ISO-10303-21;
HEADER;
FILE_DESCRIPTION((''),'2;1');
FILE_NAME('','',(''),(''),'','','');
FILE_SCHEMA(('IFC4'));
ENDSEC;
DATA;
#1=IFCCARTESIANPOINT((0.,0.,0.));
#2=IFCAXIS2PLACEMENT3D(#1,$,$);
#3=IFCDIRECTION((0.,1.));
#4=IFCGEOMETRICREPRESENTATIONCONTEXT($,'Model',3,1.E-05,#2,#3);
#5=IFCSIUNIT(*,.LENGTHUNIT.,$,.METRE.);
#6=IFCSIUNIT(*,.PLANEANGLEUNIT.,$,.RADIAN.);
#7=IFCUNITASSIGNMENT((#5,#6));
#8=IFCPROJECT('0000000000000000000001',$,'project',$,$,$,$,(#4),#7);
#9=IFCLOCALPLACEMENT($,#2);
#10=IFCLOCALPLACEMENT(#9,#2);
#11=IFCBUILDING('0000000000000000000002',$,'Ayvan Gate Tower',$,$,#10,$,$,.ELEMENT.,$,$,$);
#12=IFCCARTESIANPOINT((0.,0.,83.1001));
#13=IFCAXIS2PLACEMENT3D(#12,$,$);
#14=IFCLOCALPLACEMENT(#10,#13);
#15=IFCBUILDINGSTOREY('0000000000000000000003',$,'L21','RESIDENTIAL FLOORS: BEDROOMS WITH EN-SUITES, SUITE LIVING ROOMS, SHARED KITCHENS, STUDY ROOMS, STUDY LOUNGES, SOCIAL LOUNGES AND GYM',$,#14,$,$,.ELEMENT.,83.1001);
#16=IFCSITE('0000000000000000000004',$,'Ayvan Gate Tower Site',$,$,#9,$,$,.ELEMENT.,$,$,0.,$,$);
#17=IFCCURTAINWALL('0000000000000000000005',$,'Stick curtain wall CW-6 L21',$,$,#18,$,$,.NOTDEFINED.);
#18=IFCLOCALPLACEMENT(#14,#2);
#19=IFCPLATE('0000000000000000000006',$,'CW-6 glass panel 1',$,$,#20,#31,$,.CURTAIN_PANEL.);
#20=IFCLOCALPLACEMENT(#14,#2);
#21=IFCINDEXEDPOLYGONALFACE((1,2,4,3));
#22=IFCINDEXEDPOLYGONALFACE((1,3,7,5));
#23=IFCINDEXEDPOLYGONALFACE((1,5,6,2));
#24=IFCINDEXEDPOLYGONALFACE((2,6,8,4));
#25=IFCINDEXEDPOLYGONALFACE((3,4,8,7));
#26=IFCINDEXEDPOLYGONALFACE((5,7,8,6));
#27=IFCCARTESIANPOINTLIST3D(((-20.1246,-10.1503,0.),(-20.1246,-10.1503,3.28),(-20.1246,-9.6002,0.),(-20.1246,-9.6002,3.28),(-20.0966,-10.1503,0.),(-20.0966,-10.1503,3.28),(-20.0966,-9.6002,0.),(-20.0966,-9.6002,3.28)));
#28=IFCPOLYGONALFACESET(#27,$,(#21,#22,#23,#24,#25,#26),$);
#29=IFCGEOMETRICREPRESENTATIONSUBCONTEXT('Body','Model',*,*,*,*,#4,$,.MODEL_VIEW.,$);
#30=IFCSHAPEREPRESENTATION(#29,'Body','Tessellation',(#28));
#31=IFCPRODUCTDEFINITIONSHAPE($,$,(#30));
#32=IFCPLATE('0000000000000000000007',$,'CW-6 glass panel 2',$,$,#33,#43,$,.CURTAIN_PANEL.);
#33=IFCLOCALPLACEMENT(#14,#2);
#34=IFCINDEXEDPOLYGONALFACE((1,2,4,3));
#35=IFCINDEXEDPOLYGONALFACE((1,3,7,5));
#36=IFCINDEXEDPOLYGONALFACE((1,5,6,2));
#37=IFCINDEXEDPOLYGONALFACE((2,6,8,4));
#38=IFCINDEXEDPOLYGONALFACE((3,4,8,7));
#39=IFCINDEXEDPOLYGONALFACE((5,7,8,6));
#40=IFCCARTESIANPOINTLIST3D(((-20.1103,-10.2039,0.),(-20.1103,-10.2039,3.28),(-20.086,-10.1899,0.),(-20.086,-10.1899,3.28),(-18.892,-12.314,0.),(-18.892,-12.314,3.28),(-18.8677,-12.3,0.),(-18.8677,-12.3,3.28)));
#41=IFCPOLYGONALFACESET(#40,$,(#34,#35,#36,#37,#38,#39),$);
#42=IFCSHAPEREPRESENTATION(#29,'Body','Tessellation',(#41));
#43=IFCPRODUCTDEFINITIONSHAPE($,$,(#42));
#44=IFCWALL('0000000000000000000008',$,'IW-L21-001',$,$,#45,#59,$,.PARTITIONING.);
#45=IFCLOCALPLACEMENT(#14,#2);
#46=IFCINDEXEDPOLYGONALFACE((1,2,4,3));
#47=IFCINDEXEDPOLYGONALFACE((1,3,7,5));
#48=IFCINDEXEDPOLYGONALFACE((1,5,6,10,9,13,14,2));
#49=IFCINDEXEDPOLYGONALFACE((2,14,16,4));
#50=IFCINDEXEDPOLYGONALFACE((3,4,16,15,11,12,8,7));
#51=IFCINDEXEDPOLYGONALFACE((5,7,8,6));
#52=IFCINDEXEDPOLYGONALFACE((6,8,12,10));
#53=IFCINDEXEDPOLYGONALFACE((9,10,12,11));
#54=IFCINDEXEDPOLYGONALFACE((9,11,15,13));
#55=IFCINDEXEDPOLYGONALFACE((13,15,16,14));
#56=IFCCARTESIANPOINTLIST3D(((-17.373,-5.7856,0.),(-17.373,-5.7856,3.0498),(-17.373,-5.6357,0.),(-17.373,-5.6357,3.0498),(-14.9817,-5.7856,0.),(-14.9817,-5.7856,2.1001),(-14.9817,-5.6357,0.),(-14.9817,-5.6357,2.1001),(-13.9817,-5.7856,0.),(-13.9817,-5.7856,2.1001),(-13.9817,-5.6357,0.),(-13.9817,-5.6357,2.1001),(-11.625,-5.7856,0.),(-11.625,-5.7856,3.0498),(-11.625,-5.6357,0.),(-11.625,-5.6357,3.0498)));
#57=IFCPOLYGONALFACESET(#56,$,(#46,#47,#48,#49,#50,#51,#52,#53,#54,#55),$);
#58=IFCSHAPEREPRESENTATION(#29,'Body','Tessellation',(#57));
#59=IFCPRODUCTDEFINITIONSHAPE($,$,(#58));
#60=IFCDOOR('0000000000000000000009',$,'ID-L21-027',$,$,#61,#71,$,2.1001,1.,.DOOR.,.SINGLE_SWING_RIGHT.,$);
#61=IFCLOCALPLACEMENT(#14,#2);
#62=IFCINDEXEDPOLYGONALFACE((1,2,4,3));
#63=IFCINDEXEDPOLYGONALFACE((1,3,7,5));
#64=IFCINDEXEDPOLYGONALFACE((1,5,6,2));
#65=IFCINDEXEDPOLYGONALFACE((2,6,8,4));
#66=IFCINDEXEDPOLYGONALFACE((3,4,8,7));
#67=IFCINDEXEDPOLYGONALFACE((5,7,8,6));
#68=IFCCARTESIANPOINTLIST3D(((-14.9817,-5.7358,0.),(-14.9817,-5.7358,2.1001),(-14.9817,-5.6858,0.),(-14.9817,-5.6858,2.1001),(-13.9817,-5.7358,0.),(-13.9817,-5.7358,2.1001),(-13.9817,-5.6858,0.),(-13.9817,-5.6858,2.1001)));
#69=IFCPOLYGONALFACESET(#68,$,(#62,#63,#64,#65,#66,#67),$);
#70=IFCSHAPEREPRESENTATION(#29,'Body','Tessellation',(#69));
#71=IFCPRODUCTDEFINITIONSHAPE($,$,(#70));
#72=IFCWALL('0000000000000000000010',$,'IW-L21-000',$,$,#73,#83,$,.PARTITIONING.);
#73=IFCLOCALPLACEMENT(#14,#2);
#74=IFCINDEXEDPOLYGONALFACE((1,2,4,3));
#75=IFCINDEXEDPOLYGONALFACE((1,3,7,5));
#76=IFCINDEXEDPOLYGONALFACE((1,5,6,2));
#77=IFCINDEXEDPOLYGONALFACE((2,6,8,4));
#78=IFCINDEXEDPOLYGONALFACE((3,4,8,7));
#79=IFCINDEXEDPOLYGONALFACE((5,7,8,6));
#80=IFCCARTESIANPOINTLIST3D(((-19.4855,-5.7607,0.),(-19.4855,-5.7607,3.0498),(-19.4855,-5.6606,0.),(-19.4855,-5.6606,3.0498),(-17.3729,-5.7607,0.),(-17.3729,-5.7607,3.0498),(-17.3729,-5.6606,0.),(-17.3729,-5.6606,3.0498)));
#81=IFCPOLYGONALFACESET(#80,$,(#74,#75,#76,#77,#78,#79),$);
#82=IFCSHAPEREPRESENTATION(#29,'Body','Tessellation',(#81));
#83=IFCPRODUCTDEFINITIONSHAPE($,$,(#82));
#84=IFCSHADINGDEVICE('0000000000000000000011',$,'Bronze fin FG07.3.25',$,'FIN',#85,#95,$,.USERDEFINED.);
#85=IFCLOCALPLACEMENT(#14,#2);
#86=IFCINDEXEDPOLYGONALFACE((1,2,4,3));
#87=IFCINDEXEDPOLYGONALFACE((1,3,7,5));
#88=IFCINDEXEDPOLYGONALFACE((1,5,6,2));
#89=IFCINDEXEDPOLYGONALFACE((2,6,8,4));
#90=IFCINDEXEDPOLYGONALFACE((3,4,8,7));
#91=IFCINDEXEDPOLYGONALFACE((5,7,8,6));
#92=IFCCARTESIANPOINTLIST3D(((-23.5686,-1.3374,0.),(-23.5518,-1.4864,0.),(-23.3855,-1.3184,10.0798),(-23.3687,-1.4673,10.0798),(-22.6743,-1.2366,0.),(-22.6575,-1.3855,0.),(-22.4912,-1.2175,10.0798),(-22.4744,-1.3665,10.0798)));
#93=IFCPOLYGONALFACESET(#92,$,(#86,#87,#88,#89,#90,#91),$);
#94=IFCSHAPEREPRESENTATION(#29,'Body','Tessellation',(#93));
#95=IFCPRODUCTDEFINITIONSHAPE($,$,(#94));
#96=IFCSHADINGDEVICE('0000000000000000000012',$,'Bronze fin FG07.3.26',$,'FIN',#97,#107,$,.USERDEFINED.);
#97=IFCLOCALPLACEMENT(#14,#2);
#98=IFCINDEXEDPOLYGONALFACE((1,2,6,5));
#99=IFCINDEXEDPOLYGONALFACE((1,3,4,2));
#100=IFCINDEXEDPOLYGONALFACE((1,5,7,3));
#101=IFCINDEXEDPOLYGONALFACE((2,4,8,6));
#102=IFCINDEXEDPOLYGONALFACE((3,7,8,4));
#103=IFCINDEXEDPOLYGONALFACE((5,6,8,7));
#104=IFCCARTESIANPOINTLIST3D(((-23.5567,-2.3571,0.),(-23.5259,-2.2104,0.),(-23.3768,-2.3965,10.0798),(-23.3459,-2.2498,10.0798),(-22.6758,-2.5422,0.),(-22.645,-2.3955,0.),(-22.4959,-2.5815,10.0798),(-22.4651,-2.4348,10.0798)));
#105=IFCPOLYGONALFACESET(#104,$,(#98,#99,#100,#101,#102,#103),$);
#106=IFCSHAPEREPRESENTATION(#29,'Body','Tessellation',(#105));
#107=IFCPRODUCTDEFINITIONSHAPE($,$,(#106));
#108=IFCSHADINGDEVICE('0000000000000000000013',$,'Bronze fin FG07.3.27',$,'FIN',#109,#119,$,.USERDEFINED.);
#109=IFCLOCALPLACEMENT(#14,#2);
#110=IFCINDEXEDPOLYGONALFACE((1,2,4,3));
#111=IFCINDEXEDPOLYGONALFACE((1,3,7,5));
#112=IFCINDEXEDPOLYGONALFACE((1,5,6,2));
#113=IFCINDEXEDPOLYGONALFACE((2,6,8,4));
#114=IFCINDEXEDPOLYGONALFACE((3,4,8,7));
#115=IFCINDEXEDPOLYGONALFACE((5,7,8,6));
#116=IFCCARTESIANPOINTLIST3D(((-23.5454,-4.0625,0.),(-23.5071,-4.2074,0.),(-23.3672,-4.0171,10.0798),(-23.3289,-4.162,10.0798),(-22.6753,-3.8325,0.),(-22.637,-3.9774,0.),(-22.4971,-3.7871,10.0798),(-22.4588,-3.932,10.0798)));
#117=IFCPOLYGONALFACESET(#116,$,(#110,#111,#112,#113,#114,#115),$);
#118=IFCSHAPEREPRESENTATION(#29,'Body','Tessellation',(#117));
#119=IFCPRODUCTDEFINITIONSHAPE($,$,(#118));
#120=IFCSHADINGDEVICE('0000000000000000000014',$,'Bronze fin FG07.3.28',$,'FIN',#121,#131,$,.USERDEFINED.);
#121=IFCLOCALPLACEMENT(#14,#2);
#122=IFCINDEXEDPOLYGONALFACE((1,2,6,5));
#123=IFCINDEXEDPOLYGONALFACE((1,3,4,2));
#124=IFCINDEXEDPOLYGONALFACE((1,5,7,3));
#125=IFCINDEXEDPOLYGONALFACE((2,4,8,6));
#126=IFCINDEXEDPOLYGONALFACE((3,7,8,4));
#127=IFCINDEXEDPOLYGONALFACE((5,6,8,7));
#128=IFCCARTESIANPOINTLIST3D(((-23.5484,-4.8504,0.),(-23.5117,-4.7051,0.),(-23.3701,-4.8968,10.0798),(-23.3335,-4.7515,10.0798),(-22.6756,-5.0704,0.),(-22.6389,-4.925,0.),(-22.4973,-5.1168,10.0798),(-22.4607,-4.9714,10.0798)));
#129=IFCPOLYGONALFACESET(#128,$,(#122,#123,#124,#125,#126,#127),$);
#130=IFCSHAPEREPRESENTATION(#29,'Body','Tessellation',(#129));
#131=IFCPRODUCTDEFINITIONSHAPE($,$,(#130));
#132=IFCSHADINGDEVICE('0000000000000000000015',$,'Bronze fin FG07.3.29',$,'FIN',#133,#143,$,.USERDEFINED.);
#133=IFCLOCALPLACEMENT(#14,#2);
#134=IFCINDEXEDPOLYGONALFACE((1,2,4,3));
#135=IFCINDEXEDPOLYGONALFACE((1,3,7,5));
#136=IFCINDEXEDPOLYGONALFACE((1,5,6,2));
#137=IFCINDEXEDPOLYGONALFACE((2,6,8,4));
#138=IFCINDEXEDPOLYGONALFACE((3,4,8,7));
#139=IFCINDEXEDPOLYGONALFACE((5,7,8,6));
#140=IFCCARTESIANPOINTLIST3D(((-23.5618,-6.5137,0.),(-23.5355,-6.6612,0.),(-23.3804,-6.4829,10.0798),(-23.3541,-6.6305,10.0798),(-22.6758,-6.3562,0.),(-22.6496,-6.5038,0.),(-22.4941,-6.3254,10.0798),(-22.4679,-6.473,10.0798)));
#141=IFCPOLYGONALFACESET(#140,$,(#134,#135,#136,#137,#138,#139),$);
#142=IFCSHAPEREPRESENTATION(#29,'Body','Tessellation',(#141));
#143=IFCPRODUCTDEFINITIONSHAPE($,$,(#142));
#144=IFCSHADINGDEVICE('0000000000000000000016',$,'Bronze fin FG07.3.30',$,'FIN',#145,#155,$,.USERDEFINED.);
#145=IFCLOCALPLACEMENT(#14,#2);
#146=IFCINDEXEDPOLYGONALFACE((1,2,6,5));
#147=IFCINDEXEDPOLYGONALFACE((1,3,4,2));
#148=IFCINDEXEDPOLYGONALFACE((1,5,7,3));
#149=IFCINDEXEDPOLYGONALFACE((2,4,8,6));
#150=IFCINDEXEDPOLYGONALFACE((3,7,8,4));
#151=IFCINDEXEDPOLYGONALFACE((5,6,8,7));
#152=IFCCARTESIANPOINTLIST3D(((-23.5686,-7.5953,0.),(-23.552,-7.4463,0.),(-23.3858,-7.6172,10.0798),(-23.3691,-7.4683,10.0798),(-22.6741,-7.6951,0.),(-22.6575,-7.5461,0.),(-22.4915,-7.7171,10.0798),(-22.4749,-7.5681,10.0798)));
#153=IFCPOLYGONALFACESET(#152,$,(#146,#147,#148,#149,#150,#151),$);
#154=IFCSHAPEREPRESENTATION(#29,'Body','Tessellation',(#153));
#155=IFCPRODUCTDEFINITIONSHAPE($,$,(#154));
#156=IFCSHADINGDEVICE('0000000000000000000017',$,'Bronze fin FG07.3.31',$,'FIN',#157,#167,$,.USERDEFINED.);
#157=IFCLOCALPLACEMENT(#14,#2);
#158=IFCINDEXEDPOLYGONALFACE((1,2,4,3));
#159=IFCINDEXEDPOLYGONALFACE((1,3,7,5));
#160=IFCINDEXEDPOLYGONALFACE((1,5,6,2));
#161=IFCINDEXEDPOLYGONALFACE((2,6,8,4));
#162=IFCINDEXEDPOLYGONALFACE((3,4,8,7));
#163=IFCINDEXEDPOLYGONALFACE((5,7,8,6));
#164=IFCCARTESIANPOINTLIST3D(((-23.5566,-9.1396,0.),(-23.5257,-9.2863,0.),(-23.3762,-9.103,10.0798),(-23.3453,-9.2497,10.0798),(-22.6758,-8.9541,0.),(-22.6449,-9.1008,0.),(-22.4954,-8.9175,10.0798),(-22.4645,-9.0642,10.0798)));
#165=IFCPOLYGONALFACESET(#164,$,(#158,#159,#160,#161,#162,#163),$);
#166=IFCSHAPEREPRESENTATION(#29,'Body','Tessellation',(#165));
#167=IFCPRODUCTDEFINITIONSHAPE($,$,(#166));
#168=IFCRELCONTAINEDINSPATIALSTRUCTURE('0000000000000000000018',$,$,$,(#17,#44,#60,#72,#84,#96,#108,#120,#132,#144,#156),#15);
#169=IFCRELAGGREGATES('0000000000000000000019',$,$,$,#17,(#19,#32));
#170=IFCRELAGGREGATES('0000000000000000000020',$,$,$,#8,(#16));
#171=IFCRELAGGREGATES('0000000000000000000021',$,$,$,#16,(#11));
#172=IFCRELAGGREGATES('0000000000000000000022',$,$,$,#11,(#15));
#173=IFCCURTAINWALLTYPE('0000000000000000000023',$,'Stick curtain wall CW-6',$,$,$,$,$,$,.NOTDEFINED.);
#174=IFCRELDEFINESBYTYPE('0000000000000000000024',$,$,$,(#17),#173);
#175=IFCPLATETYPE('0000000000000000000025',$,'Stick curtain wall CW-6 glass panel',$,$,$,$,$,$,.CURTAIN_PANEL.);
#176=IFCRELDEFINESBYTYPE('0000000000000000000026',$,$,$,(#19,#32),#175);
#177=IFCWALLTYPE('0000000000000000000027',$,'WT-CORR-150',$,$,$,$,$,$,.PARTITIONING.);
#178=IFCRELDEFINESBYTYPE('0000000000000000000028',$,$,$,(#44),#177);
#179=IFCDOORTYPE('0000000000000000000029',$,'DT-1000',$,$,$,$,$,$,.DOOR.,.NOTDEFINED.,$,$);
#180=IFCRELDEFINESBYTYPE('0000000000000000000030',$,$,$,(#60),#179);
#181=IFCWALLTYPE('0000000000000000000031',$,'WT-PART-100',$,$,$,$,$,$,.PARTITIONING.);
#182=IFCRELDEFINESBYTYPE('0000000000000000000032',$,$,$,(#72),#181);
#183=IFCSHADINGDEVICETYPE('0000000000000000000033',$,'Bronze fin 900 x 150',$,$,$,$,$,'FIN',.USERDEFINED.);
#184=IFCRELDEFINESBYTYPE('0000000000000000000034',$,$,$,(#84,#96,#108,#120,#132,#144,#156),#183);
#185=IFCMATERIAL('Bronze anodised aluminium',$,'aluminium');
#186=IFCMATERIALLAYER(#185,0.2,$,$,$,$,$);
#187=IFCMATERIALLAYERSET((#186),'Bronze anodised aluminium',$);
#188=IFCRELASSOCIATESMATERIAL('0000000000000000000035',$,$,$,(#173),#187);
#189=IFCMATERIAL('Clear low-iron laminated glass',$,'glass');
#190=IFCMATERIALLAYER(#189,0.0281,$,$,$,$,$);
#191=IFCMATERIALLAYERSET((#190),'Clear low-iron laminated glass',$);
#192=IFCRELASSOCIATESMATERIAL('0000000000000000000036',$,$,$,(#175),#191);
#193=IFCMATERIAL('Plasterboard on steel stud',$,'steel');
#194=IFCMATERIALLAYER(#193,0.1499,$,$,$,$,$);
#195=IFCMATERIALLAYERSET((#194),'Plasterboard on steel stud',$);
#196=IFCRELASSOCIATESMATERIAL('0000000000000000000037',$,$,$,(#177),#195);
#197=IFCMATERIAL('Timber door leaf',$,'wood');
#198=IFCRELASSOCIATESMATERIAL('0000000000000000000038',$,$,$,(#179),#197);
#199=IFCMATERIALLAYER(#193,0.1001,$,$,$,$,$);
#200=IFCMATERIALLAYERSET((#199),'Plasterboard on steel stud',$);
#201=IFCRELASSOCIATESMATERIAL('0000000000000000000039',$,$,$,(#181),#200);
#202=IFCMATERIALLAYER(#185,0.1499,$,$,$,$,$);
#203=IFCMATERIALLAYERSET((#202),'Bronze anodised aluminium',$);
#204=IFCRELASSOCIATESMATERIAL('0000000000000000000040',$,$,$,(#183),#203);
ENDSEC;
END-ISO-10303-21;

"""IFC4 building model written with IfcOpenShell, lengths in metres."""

from ifc_helpers import new_model, si_unit, direction, frame, frame_2d, origin, origin_2d, place, context, subcontext, project, spatial, polyline, rectangle, outline, extrude, material, layer, layer_set, type_object, element, fill, aggregate, save


model = new_model("IFC4")

# Units and contexts
model_context = context("Model", 3, precision=1e-05, world=origin(), true_north=direction((0.0, 1.0)))
body_context = subcontext(model_context, "Body", "Model", "MODEL_VIEW")
ifc_project = project(units=[si_unit("LENGTHUNIT", "METRE"), si_unit("PLANEANGLEUNIT", "RADIAN")], contexts=[model_context])

# Site, building, storey
site_placement = place(None, origin())
site = spatial("IfcSite", under=ifc_project, at=site_placement, Name="Ayvan Gate Tower Site", CompositionType="ELEMENT", RefElevation=0.0)
building_placement = place(site_placement, origin())
building = spatial("IfcBuilding", under=site, at=building_placement, Name="Ayvan Gate Tower", CompositionType="ELEMENT")
storey_placement = place(building_placement, frame((0.0, 0.0, 83.1001)))
storey = spatial("IfcBuildingStorey", under=building, at=storey_placement, Name="L21", Description="RESIDENTIAL FLOORS: BEDROOMS WITH EN-SUITES, SUITE LIVING ROOMS, SHARED KITCHENS, STUDY ROOMS, STUDY LOUNGES, SOCIAL LOUNGES AND GYM", CompositionType="ELEMENT", Elevation=83.1001)

# Curtain wall
ifc_material_1 = material(Name="Bronze anodised aluminium", Category="aluminium")
ifc_layer_1 = layer(ifc_material_1, 0.2)
ifc_layer_set_1 = layer_set([ifc_layer_1], Name="Bronze anodised aluminium")
curtain_wall_type_1 = type_object("IfcCurtainWallType", Name="Stick curtain wall CW-6", PredefinedType="NOTDEFINED", material=ifc_layer_set_1)
curtain_wall_1_placement = place(storey_placement, origin())
curtain_wall_1 = element("IfcCurtainWall", 1, at=curtain_wall_1_placement, inside=storey, type_object=curtain_wall_type_1, Name="Stick curtain wall CW-6 L21", PredefinedType="NOTDEFINED")

# Plates
ifc_material_2 = material(Name="Clear low-iron laminated glass", Category="glass")
ifc_layer_2 = layer(ifc_material_2, 0.0281)
ifc_layer_set_2 = layer_set([ifc_layer_2], Name="Clear low-iron laminated glass")
plate_type_1 = type_object("IfcPlateType", Name="Stick curtain wall CW-6 glass panel", PredefinedType="CURTAIN_PANEL", material=ifc_layer_set_2)
plate_1_placement = place(storey_placement, frame((-20.1106, -9.8752, 0.0), z_axis=(0.0, 0.0, 1.0), x_axis=(0.0, -1.0, 0.0)))
plate_1 = element("IfcPlate", 2, at=plate_1_placement, type_object=plate_type_1, Name="CW-6 glass panel 1", PredefinedType="CURTAIN_PANEL", context=body_context, shape_type="SweptSolid", body=[
    extrude(rectangle(XDim=0.55, YDim=0.0281, at=origin_2d()), origin(), (0.0, 0.0, 1.0), 3.28),
])
plate_2_placement = place(storey_placement, frame((-19.489, -11.252, 0.0), z_axis=(0.0, 0.0, 1.0), x_axis=(0.5, -0.866025, 0.0)))
plate_2 = element("IfcPlate", 3, at=plate_2_placement, type_object=plate_type_1, Name="CW-6 glass panel 2", PredefinedType="CURTAIN_PANEL", context=body_context, shape_type="SweptSolid", body=[
    extrude(rectangle(XDim=2.4365, YDim=0.0281, at=origin_2d()), origin(), (0.0, 0.0, 1.0), 3.28),
])
aggregate(curtain_wall_1, [plate_1, plate_2])

# Wall, opening, door
ifc_material_3 = material(Name="Plasterboard on steel stud", Category="steel")
ifc_layer_3 = layer(ifc_material_3, 0.1499)
ifc_layer_set_3 = layer_set([ifc_layer_3], Name="Plasterboard on steel stud")
wall_type_1 = type_object("IfcWallType", Name="WT-CORR-150", PredefinedType="PARTITIONING", material=ifc_layer_set_3)
wall_1_placement = place(storey_placement, frame((-17.373, -5.7107, 0.0), z_axis=(0.0, 0.0, 1.0), x_axis=(1.0, 0.0, 0.0)))
wall_1 = element("IfcWall", 4, at=wall_1_placement, inside=storey, type_object=wall_type_1, Name="IW-L21-001", PredefinedType="PARTITIONING", context=body_context, shape_type="SweptSolid", body=[
    extrude(rectangle(XDim=5.748, YDim=0.1499, at=frame_2d((2.874, 0.0))), origin(), (0.0, 0.0, 1.0), 3.0498),
])
opening_placement = place(wall_1_placement, frame((2.3914, 0.0, 0.0)))
opening = element("IfcOpeningElement", 5, at=opening_placement, cuts=wall_1, PredefinedType="OPENING", context=body_context, shape_type="SweptSolid", body=[
    extrude(rectangle(XDim=1.0, YDim=2.1001, at=frame_2d((0.5, 1.05))), frame((0.0, 0.085, 0.0), z_axis=(0.0, -1.0, 0.0), x_axis=(1.0, 0.0, 0.0)), (0.0, 0.0, 1.0), 0.1699),
])
ifc_material_4 = material(Name="Timber door leaf", Category="wood")
door_type = type_object("IfcDoorType", Name="DT-1000", OperationType="NOTDEFINED", PredefinedType="DOOR", material=ifc_material_4)
door_placement = place(opening_placement, origin())
door = element("IfcDoor", 6, at=door_placement, inside=storey, type_object=door_type, Name="ID-L21-027", OperationType="SINGLE_SWING_RIGHT", OverallHeight=2.1001, OverallWidth=1.0, PredefinedType="DOOR", context=body_context, shape_type="SweptSolid", body=[
    extrude(rectangle(XDim=1.0, YDim=2.1001, at=frame_2d((0.5, 1.05))), frame((0.0, 0.0249, 0.0), z_axis=(0.0, -1.0, 0.0), x_axis=(1.0, 0.0, 0.0)), (0.0, 0.0, 1.0), 0.05),
])
fill(opening, door)

# Wall
ifc_layer_4 = layer(ifc_material_3, 0.1001)
ifc_layer_set_4 = layer_set([ifc_layer_4], Name="Plasterboard on steel stud")
wall_type_2 = type_object("IfcWallType", Name="WT-PART-100", PredefinedType="PARTITIONING", material=ifc_layer_set_4)
wall_2_placement = place(storey_placement, frame((-17.373, -5.7107, 0.0), z_axis=(0.0, 0.0, 1.0), x_axis=(-1.0, 0.0, 0.0)))
element("IfcWall", 7, at=wall_2_placement, inside=storey, type_object=wall_type_2, Name="IW-L21-000", PredefinedType="PARTITIONING", context=body_context, shape_type="SweptSolid", body=[
    extrude(rectangle(XDim=2.1125, YDim=0.1001, at=frame_2d((1.0562, 0.0))), origin(), (0.0, 0.0, 1.0), 3.0498),
])

# Shading devices
ifc_layer_5 = layer(ifc_material_1, 0.1499)
ifc_layer_set_5 = layer_set([ifc_layer_5], Name="Bronze anodised aluminium")
shading_device_type = type_object("IfcShadingDeviceType", Name="Bronze fin 900 x 150", ElementType="FIN", PredefinedType="USERDEFINED", material=ifc_layer_set_5)
shading_device_1_placement = place(storey_placement, frame((-22.6743, -1.2366, 0.0), z_axis=(-0.112039, 0.993704, 0.000158), x_axis=(-0.993704, -0.112039, 0.0)))
element("IfcShadingDevice", 8, at=shading_device_1_placement, inside=storey, type_object=shading_device_type, Name="Bronze fin FG07.3.25", ObjectType="FIN", PredefinedType="USERDEFINED", context=body_context, shape_type="SweptSolid", body=[
    extrude(outline(polyline([(0.0, 0.0), (0.9, 0.0), (0.7159, 10.0798), (-0.1841, 10.0798), (0.0, 0.0)])), origin(), (0.0, 0.0, -1.0), 0.1499),
])
shading_device_2_placement = place(storey_placement, frame((-22.645, -2.3955, 0.0), z_axis=(0.2056, 0.978636, 0.000146), x_axis=(-0.978636, 0.2056, 0.0)))
element("IfcShadingDevice", 9, at=shading_device_2_placement, inside=storey, type_object=shading_device_type, Name="Bronze fin FG07.3.26", ObjectType="FIN", PredefinedType="USERDEFINED", context=body_context, shape_type="SweptSolid", body=[
    extrude(outline(polyline([(0.0, 0.0), (0.9001, 0.0), (0.7159, 10.0798), (-0.1842, 10.0798), (0.0, 0.0)])), origin(), (0.0, 0.0, -1.0), 0.1499),
])
shading_device_3_placement = place(storey_placement, frame((-22.6753, -3.8325, 0.0), z_axis=(-0.255535, 0.9668, 0.000163), x_axis=(-0.9668, -0.255535, 0.0)))
element("IfcShadingDevice", 10, at=shading_device_3_placement, inside=storey, type_object=shading_device_type, Name="Bronze fin FG07.3.27", ObjectType="FIN", PredefinedType="USERDEFINED", context=body_context, shape_type="SweptSolid", body=[
    extrude(outline(polyline([(0.0, 0.0), (0.9, 0.0), (0.7161, 10.0798), (-0.1839, 10.0798), (0.0, 0.0)])), origin(), (0.0, 0.0, -1.0), 0.1499),
])
shading_device_4_placement = place(storey_placement, frame((-22.6389, -4.925, 0.0), z_axis=(0.244386, 0.969678, 0.000141), x_axis=(-0.969678, 0.244386, 0.0)))
element("IfcShadingDevice", 11, at=shading_device_4_placement, inside=storey, type_object=shading_device_type, Name="Bronze fin FG07.3.28", ObjectType="FIN", PredefinedType="USERDEFINED", context=body_context, shape_type="SweptSolid", body=[
    extrude(outline(polyline([(0.0, 0.0), (0.9001, 0.0), (0.7159, 10.0798), (-0.1842, 10.0798), (0.0, 0.0)])), origin(), (0.0, 0.0, -1.0), 0.1499),
])
shading_device_5_placement = place(storey_placement, frame((-22.6758, -6.3562, 0.0), z_axis=(-0.174969, 0.984574, 0.000146), x_axis=(-0.984574, -0.174969, 0.0)))
element("IfcShadingDevice", 12, at=shading_device_5_placement, inside=storey, type_object=shading_device_type, Name="Bronze fin FG07.3.29", ObjectType="FIN", PredefinedType="USERDEFINED", context=body_context, shape_type="SweptSolid", body=[
    extrude(outline(polyline([(0.0, 0.0), (0.8999, 0.0), (0.7159, 10.0798), (-0.1842, 10.0798), (0.0, 0.0)])), origin(), (0.0, 0.0, -1.0), 0.1499),
])
shading_device_6_placement = place(storey_placement, frame((-22.6575, -7.5461, 0.0), z_axis=(0.110953, 0.993826, 0.000155), x_axis=(-0.993826, 0.110953, 0.0)))
element("IfcShadingDevice", 13, at=shading_device_6_placement, inside=storey, type_object=shading_device_type, Name="Bronze fin FG07.3.30", ObjectType="FIN", PredefinedType="USERDEFINED", context=body_context, shape_type="SweptSolid", body=[
    extrude(outline(polyline([(0.0, 0.0), (0.9001, 0.0), (0.7159, 10.0798), (-0.1839, 10.0798), (0.0, 0.0)])), origin(), (0.0, 0.0, -1.0), 0.1499),
])
shading_device_7_placement = place(storey_placement, frame((-22.6758, -8.9541, 0.0), z_axis=(-0.20612, 0.978527, 0.000134), x_axis=(-0.978527, -0.20612, 0.0)))
element("IfcShadingDevice", 14, at=shading_device_7_placement, inside=storey, type_object=shading_device_type, Name="Bronze fin FG07.3.31", ObjectType="FIN", PredefinedType="USERDEFINED", context=body_context, shape_type="SweptSolid", body=[
    extrude(outline(polyline([(0.0, 0.0), (0.9002, 0.0), (0.7161, 10.0798), (-0.1841, 10.0798), (0.0, 0.0)])), origin(), (0.0, 0.0, -1.0), 0.1499),
])

save(model, "model.ifc")
